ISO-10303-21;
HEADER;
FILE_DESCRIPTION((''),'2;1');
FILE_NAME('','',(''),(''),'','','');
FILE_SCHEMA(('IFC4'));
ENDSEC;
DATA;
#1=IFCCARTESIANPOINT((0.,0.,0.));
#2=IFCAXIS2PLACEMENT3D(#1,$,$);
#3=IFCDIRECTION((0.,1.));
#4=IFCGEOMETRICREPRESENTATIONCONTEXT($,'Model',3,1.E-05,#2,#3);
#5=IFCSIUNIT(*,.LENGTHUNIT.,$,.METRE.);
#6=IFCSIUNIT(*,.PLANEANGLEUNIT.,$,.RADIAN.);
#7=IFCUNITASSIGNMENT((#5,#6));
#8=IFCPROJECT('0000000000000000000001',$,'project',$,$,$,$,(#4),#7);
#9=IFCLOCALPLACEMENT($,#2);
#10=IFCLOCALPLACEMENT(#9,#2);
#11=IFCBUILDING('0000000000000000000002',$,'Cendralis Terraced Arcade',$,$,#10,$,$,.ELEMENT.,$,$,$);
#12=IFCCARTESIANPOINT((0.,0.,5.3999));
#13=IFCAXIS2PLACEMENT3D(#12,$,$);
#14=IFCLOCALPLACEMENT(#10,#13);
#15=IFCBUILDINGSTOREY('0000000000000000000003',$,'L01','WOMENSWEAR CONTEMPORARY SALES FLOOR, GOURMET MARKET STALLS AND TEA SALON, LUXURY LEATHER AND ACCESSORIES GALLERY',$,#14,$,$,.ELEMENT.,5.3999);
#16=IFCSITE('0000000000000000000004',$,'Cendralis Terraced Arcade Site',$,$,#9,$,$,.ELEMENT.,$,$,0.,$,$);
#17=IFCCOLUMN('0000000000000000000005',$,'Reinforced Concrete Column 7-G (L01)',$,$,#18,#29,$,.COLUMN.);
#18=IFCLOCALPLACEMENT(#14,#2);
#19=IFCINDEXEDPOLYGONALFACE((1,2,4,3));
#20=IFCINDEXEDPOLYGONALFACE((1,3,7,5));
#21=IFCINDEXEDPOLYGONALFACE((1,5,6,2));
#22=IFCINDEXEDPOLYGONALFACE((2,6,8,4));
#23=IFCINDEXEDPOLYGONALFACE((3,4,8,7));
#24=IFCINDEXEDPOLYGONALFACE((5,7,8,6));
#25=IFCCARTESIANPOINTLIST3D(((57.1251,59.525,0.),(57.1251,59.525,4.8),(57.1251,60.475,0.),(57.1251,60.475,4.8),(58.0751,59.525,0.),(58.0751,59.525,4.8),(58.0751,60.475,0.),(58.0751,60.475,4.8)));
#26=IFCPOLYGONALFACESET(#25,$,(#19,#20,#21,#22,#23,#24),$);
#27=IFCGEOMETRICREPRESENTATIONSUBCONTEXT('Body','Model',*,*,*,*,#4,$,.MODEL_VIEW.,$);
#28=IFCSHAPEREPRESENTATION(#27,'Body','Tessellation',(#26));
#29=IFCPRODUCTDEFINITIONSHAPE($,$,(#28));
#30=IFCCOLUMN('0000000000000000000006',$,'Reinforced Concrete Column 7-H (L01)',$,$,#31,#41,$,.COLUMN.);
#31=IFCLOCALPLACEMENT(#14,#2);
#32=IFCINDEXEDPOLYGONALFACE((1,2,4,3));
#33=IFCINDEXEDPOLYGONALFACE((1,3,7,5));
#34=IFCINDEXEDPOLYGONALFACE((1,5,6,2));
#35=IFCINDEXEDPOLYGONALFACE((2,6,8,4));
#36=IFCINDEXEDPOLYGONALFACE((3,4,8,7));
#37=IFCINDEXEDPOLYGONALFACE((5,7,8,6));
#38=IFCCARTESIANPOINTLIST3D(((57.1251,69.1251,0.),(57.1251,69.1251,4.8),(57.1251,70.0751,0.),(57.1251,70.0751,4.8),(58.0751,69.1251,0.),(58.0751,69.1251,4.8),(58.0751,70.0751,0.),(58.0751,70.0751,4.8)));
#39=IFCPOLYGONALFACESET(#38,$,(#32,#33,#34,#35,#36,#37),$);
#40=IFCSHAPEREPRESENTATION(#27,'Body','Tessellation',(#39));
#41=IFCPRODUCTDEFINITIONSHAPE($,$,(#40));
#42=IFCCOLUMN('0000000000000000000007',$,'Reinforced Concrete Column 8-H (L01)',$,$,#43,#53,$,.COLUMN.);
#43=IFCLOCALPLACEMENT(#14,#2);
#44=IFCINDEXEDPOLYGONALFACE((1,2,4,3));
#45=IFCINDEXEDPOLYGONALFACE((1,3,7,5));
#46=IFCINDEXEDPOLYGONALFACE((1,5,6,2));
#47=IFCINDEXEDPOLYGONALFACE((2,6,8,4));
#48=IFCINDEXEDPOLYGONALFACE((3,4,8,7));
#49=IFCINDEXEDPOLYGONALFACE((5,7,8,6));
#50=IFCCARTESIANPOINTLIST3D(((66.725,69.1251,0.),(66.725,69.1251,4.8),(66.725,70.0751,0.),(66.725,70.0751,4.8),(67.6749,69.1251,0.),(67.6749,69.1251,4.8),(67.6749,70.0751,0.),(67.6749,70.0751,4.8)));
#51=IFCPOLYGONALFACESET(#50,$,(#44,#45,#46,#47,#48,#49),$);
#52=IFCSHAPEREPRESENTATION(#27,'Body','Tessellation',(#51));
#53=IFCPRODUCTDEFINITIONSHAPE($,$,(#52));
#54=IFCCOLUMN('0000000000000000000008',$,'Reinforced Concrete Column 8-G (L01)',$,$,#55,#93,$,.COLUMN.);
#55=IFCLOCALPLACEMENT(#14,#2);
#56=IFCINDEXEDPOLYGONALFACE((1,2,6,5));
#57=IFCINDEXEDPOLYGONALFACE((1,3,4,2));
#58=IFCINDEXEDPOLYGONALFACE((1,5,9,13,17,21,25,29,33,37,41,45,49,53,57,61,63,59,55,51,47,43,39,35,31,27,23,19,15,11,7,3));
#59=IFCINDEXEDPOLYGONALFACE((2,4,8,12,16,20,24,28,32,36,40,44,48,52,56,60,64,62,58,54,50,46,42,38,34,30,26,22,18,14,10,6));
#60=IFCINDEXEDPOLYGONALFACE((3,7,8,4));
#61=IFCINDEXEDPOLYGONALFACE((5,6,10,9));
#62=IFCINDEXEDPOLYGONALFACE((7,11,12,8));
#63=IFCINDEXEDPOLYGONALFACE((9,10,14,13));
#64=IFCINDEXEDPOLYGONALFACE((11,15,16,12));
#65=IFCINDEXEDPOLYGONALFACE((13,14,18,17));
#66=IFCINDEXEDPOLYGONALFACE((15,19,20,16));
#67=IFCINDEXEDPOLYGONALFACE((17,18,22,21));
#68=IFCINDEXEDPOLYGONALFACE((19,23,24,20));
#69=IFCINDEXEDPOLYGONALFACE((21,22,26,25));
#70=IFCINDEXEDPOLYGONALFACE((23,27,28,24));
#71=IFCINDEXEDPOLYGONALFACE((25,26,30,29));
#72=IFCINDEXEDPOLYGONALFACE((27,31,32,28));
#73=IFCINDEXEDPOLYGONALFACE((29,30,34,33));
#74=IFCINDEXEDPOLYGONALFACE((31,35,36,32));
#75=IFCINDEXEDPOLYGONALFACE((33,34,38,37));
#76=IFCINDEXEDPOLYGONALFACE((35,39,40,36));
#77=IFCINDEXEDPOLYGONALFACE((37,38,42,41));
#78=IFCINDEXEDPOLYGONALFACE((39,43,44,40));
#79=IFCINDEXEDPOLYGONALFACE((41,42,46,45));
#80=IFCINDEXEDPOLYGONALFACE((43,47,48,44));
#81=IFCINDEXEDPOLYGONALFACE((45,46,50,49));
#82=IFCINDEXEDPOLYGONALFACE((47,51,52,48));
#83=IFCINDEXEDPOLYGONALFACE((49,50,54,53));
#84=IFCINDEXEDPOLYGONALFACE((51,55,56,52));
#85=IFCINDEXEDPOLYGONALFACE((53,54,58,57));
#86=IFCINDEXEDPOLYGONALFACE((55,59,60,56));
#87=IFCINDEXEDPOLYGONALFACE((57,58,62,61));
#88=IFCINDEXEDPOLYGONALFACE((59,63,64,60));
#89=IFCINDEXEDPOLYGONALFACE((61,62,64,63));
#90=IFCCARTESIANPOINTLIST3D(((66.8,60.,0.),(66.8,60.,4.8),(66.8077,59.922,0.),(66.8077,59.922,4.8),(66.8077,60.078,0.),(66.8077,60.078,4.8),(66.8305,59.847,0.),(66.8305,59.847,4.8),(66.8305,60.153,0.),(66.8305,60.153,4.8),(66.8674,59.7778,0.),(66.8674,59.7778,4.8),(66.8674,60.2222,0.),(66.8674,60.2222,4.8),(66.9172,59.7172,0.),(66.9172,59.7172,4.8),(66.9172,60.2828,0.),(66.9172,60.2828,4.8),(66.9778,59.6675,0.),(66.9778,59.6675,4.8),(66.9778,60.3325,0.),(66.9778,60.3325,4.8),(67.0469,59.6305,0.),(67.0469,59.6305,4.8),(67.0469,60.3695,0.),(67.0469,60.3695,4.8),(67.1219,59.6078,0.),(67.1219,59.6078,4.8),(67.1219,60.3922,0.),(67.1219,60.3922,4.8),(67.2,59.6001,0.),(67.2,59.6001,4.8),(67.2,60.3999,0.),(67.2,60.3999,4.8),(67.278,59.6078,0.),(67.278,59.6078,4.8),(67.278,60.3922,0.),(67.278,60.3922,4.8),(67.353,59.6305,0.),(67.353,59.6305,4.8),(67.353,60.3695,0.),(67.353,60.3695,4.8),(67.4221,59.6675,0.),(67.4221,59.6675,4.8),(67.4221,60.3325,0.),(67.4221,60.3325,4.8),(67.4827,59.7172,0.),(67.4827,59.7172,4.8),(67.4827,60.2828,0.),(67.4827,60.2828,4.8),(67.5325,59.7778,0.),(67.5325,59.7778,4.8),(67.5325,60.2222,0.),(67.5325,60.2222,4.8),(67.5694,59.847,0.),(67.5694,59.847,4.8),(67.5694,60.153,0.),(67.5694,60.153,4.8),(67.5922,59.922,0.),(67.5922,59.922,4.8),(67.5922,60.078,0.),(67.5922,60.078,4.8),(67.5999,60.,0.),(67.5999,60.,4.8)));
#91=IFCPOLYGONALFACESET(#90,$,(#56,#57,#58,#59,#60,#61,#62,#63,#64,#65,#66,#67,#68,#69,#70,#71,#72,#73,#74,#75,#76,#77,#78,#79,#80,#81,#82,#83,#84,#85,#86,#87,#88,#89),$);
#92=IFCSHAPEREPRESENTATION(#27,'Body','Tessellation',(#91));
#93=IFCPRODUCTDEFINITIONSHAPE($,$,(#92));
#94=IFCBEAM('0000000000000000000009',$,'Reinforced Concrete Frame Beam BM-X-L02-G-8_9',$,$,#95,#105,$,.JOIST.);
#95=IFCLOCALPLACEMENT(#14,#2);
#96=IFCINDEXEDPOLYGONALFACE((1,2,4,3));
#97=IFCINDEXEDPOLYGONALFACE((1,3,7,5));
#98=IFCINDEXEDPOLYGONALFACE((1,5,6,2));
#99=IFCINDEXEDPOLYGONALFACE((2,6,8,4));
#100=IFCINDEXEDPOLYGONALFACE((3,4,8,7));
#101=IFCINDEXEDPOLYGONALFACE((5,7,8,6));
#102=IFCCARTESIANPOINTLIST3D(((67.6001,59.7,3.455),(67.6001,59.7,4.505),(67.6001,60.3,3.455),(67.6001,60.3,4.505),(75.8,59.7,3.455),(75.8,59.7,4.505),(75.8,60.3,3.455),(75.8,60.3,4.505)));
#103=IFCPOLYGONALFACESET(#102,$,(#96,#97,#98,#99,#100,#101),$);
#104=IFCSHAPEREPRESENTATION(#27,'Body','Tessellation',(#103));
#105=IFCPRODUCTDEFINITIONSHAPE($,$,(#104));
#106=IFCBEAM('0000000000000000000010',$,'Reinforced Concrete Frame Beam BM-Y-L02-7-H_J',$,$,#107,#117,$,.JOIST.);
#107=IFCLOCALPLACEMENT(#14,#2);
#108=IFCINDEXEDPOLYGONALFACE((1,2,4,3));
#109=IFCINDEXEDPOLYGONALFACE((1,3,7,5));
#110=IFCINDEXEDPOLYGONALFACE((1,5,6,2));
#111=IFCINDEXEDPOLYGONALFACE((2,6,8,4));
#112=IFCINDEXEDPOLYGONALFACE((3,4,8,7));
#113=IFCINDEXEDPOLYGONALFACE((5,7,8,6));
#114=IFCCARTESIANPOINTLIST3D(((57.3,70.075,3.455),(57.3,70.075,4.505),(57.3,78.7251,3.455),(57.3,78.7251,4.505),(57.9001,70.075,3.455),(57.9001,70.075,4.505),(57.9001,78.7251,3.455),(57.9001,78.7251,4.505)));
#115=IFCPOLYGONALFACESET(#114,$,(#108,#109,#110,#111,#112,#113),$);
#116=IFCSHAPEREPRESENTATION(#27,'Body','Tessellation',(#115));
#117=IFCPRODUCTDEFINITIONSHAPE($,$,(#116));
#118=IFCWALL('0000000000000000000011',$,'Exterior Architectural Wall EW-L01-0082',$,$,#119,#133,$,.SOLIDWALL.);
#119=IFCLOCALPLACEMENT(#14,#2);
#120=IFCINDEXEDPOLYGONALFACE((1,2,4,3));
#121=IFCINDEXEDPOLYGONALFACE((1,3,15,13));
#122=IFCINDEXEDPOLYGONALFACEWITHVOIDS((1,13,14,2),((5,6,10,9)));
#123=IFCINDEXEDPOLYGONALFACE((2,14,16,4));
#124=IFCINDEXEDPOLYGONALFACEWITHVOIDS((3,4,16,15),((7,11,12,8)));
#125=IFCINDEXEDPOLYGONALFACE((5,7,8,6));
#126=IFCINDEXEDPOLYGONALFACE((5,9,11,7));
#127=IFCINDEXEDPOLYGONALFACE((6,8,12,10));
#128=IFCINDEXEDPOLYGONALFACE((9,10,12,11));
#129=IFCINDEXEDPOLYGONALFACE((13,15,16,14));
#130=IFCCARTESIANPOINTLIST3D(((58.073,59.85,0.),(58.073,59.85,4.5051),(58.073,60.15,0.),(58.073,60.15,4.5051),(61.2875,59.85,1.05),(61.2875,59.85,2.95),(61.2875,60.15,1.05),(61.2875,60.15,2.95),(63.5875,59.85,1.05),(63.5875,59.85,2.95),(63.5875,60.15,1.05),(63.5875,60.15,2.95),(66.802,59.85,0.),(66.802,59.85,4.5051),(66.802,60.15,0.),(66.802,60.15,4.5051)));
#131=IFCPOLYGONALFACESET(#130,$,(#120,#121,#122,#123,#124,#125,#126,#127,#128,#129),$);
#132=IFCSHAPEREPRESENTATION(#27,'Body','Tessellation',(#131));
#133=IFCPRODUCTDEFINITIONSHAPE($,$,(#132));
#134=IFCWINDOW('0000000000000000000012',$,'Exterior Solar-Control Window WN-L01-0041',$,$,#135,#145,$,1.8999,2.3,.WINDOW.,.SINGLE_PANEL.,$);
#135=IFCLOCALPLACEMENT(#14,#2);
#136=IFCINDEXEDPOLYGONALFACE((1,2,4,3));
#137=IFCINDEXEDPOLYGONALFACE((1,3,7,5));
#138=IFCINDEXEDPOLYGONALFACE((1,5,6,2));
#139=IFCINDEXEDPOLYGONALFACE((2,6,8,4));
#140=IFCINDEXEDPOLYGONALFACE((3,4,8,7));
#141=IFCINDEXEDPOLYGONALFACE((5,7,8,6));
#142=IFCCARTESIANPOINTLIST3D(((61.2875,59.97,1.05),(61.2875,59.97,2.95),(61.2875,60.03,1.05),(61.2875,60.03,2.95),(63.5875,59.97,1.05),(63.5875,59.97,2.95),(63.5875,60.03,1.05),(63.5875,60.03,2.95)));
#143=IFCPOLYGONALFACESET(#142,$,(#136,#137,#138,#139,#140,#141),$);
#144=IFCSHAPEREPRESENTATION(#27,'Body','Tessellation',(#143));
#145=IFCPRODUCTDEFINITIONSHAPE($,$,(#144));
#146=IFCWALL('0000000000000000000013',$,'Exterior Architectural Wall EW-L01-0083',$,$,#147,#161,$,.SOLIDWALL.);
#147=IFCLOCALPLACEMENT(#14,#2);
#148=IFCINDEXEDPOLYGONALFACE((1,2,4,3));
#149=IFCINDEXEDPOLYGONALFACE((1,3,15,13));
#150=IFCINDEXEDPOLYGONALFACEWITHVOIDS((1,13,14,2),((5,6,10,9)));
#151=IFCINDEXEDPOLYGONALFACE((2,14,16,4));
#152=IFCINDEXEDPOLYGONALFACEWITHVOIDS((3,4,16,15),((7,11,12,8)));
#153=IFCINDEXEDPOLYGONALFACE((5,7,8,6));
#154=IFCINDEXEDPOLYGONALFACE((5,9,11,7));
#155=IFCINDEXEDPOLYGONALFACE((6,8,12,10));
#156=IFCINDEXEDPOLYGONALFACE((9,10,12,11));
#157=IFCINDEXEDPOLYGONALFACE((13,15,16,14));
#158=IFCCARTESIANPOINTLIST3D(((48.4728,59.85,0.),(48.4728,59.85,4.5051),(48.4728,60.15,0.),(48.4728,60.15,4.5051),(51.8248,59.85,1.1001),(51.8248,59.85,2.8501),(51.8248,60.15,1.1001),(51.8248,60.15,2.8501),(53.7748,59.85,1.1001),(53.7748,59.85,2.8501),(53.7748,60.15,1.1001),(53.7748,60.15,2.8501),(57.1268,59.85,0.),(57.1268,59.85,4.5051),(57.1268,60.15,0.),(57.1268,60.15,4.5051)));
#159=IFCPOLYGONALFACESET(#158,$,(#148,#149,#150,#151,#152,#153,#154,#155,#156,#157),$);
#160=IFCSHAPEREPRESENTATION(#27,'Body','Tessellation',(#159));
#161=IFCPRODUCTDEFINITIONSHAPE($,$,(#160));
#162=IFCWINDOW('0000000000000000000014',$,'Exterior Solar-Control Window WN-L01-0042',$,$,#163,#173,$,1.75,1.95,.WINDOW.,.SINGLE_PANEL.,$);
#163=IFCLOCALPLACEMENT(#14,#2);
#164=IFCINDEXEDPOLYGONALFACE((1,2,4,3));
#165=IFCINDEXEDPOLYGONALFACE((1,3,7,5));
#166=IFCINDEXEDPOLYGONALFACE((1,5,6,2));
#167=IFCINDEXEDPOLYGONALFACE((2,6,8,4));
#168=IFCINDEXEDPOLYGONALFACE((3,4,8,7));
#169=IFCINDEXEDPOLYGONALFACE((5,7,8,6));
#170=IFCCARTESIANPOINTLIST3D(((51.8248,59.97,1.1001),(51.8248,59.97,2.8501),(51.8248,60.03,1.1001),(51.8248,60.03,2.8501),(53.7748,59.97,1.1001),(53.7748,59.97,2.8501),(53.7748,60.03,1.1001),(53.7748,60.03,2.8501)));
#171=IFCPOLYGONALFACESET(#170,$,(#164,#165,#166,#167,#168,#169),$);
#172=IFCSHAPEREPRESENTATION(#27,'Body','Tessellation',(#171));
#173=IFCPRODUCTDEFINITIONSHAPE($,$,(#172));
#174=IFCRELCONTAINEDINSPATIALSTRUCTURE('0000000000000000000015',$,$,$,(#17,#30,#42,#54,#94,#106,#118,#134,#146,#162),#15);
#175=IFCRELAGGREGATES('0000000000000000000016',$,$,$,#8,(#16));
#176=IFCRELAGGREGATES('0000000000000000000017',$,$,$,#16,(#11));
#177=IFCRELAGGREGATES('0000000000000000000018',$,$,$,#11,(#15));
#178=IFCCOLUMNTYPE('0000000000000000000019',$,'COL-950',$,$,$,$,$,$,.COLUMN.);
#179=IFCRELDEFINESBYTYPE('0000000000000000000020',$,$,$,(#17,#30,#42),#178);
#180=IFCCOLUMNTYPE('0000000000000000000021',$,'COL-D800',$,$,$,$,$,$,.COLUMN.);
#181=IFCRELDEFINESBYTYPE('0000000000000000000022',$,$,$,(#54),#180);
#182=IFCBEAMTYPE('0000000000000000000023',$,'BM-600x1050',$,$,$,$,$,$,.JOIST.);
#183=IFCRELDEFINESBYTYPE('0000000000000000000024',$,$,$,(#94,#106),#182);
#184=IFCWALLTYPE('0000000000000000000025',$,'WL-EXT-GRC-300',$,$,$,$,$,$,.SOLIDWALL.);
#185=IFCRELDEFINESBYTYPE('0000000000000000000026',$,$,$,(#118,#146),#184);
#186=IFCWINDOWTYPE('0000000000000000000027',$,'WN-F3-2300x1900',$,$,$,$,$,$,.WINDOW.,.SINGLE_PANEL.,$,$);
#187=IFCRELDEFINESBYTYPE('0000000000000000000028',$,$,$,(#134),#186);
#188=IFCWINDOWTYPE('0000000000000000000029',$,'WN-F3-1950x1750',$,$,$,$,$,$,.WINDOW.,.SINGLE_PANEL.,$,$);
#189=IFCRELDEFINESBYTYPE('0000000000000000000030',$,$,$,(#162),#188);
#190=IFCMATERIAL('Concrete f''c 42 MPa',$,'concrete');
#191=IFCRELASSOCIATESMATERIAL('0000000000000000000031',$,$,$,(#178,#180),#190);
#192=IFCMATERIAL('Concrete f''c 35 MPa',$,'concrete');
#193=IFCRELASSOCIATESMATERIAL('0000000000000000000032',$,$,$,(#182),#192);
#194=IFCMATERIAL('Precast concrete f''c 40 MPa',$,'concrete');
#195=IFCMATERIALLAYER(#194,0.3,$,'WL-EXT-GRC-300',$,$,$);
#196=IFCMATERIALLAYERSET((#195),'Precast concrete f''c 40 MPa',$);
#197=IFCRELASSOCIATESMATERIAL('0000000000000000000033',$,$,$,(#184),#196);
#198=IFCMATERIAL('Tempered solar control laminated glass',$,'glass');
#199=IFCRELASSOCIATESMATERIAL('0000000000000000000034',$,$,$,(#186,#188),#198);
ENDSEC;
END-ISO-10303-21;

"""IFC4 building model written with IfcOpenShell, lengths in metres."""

from ifc_helpers import new_model, si_unit, direction, frame, frame_2d, origin, origin_2d, place, context, subcontext, project, spatial, rectangle, circle, extrude, material, layer, layer_set, material_profile, profile_set, type_object, element, fill, save


model = new_model("IFC4")

# Units and contexts
model_context = context("Model", 3, precision=1e-05, world=origin(), true_north=direction((0.0, 1.0)))
body_context = subcontext(model_context, "Body", "Model", "MODEL_VIEW")
ifc_project = project(units=[si_unit("LENGTHUNIT", "METRE"), si_unit("PLANEANGLEUNIT", "RADIAN")], contexts=[model_context])

# Site, building, storey
site_placement = place(None, origin())
site = spatial("IfcSite", under=ifc_project, at=site_placement, Name="Cendralis Terraced Arcade Site", CompositionType="ELEMENT", RefElevation=0.0)
building_placement = place(site_placement, origin())
building = spatial("IfcBuilding", under=site, at=building_placement, Name="Cendralis Terraced Arcade", CompositionType="ELEMENT")
storey_placement = place(building_placement, frame((0.0, 0.0, 5.3999)))
storey = spatial("IfcBuildingStorey", under=building, at=storey_placement, Name="L01", Description="WOMENSWEAR CONTEMPORARY SALES FLOOR, GOURMET MARKET STALLS AND TEA SALON, LUXURY LEATHER AND ACCESSORIES GALLERY", CompositionType="ELEMENT", Elevation=5.3999)

# Columns
ifc_material_1 = material(Name="Concrete f'c 42 MPa", Category="concrete")
ifc_material_profile_1 = material_profile(ifc_material_1, rectangle(XDim=0.95, YDim=0.95, at=origin_2d()), Name="RC-COL-950x950", Category="LoadBearing")
ifc_profile_set_1 = profile_set([ifc_material_profile_1], Name="Concrete f'c 42 MPa")
column_type_1 = type_object("IfcColumnType", Name="COL-950", PredefinedType="COLUMN", material=ifc_profile_set_1)
for number, where, z_axis, x_axis, name in (
    (1, (57.6001, 60.0, 0.0), (0.0, 0.0, 1.0), (1.0, 0.0, 0.0), "Reinforced Concrete Column 7-G (L01)"),
    (2, (57.6001, 69.6001, 0.0), (0.0, 0.0, 1.0), (1.0, 0.0, 0.0), "Reinforced Concrete Column 7-H (L01)"),
    (3, (67.2, 69.6001, 0.0), (0.0, 0.0, 1.0), (1.0, 0.0, 0.0), "Reinforced Concrete Column 8-H (L01)"),
):
    element("IfcColumn", number, at=place(storey_placement, frame(where, z_axis=z_axis, x_axis=x_axis)), inside=storey, type_object=column_type_1, Name=name, PredefinedType="COLUMN", context=body_context, shape_type="SweptSolid", body=[
        extrude(rectangle(XDim=0.95, YDim=0.95, at=origin_2d()), origin(), (0.0, 0.0, 1.0), 4.8),
    ])
ifc_material_profile_2 = material_profile(ifc_material_1, circle(Radius=0.3999, at=origin_2d()), Name="RC-COL-D800", Category="LoadBearing")
ifc_profile_set_2 = profile_set([ifc_material_profile_2], Name="Concrete f'c 42 MPa")
column_type_2 = type_object("IfcColumnType", Name="COL-D800", PredefinedType="COLUMN", material=ifc_profile_set_2)
column_placement = place(storey_placement, frame((67.2, 60.0, 0.0), z_axis=(0.0, 0.0, 1.0), x_axis=(1.0, 0.0, 0.0)))
element("IfcColumn", 4, at=column_placement, inside=storey, type_object=column_type_2, Name="Reinforced Concrete Column 8-G (L01)", PredefinedType="COLUMN", context=body_context, shape_type="SweptSolid", body=[
    extrude(circle(Radius=0.3999, at=origin_2d()), origin(), (0.0, 0.0, 1.0), 4.8),
])

# Beams
ifc_material_2 = material(Name="Concrete f'c 35 MPa", Category="concrete")
ifc_material_profile_3 = material_profile(ifc_material_2, rectangle(XDim=0.6001, YDim=1.05, at=origin_2d()), Name="RC-BM-600x1050", Category="LoadBearing")
ifc_profile_set_3 = profile_set([ifc_material_profile_3], Name="Concrete f'c 35 MPa")
beam_type = type_object("IfcBeamType", Name="BM-600x1050", PredefinedType="JOIST", material=ifc_profile_set_3)
beam_1_placement = place(storey_placement, frame((67.6001, 60.0, 3.98), z_axis=(1.0, 0.0, 0.0), x_axis=(0.0, 1.0, 0.0)))
element("IfcBeam", 5, at=beam_1_placement, inside=storey, type_object=beam_type, Name="Reinforced Concrete Frame Beam BM-X-L02-G-8_9", PredefinedType="JOIST", context=body_context, shape_type="SweptSolid", body=[
    extrude(rectangle(XDim=0.6001, YDim=1.05, at=origin_2d()), origin(), (0.0, 0.0, 1.0), 8.2),
])
beam_2_placement = place(storey_placement, frame((57.6001, 70.075, 3.98), z_axis=(0.0, 1.0, 0.0), x_axis=(-1.0, 0.0, 0.0)))
element("IfcBeam", 6, at=beam_2_placement, inside=storey, type_object=beam_type, Name="Reinforced Concrete Frame Beam BM-Y-L02-7-H_J", PredefinedType="JOIST", context=body_context, shape_type="SweptSolid", body=[
    extrude(rectangle(XDim=0.6001, YDim=1.05, at=origin_2d()), origin(), (0.0, 0.0, 1.0), 8.6501),
])

# Walls, openings, windows
ifc_material_3 = material(Name="Precast concrete f'c 40 MPa", Category="concrete")
ifc_layer_1 = layer(ifc_material_3, 0.3, Name="WL-EXT-GRC-300")
ifc_layer_set_1 = layer_set([ifc_layer_1], Name="Precast concrete f'c 40 MPa")
wall_type = type_object("IfcWallType", Name="WL-EXT-GRC-300", PredefinedType="SOLIDWALL", material=ifc_layer_set_1)
wall_1_placement = place(storey_placement, frame((66.802, 60.0, 0.0), z_axis=(0.0, 0.0, 1.0), x_axis=(-1.0, 0.0, 0.0)))
wall_1 = element("IfcWall", 7, at=wall_1_placement, inside=storey, type_object=wall_type, Name="Exterior Architectural Wall EW-L01-0082", PredefinedType="SOLIDWALL", context=body_context, shape_type="SweptSolid", body=[
    extrude(rectangle(XDim=8.729, YDim=0.3, at=frame_2d((4.3645, 0.0))), origin(), (0.0, 0.0, 1.0), 4.5051),
])
opening_1_placement = place(wall_1_placement, frame((3.2146, 0.0, 1.05)))
opening_1 = element("IfcOpeningElement", 8, at=opening_1_placement, cuts=wall_1, PredefinedType="OPENING", context=body_context, shape_type="SweptSolid", body=[
    extrude(rectangle(XDim=2.3, YDim=1.8999, at=frame_2d((1.1499, 0.95))), frame((0.0, 0.1621, 0.0), z_axis=(0.0, -1.0, 0.0), x_axis=(1.0, 0.0, 0.0)), (0.0, 0.0, 1.0), 0.324),
])
ifc_material_4 = material(Name="Tempered solar control laminated glass", Category="glass")
window_type_1 = type_object("IfcWindowType", Name="WN-F3-2300x1900", PartitioningType="SINGLE_PANEL", PredefinedType="WINDOW", material=ifc_material_4)
window_1_placement = place(opening_1_placement, origin())
window_1 = element("IfcWindow", 9, at=window_1_placement, inside=storey, type_object=window_type_1, Name="Exterior Solar-Control Window WN-L01-0041", OverallHeight=1.8999, OverallWidth=2.3, PartitioningType="SINGLE_PANEL", PredefinedType="WINDOW", context=body_context, shape_type="SweptSolid", body=[
    extrude(rectangle(XDim=2.3, YDim=1.8999, at=frame_2d((1.1499, 0.95))), frame((0.0, 0.03, 0.0), z_axis=(0.0, -1.0, 0.0), x_axis=(1.0, 0.0, 0.0)), (0.0, 0.0, 1.0), 0.0601),
])
fill(opening_1, window_1)
wall_2_placement = place(storey_placement, frame((57.127, 60.0, 0.0), z_axis=(0.0, 0.0, 1.0), x_axis=(-1.0, 0.0, 0.0)))
wall_2 = element("IfcWall", 10, at=wall_2_placement, inside=storey, type_object=wall_type, Name="Exterior Architectural Wall EW-L01-0083", PredefinedType="SOLIDWALL", context=body_context, shape_type="SweptSolid", body=[
    extrude(rectangle(XDim=8.6541, YDim=0.3, at=frame_2d((4.3271, 0.0))), origin(), (0.0, 0.0, 1.0), 4.5051),
])
opening_2_placement = place(wall_2_placement, frame((3.3521, 0.0, 1.1001)))
opening_2 = element("IfcOpeningElement", 11, at=opening_2_placement, cuts=wall_2, PredefinedType="OPENING", context=body_context, shape_type="SweptSolid", body=[
    extrude(rectangle(XDim=1.95, YDim=1.75, at=frame_2d((0.9751, 0.875))), frame((0.0, 0.1621, 0.0), z_axis=(0.0, -1.0, 0.0), x_axis=(1.0, 0.0, 0.0)), (0.0, 0.0, 1.0), 0.324),
])
window_type_2 = type_object("IfcWindowType", Name="WN-F3-1950x1750", PartitioningType="SINGLE_PANEL", PredefinedType="WINDOW", material=ifc_material_4)
window_2_placement = place(opening_2_placement, origin())
window_2 = element("IfcWindow", 12, at=window_2_placement, inside=storey, type_object=window_type_2, Name="Exterior Solar-Control Window WN-L01-0042", OverallHeight=1.75, OverallWidth=1.95, PartitioningType="SINGLE_PANEL", PredefinedType="WINDOW", context=body_context, shape_type="SweptSolid", body=[
    extrude(rectangle(XDim=1.95, YDim=1.75, at=frame_2d((0.9751, 0.875))), frame((0.0, 0.03, 0.0), z_axis=(0.0, -1.0, 0.0), x_axis=(1.0, 0.0, 0.0)), (0.0, 0.0, 1.0), 0.0601),
])
fill(opening_2, window_2)

save(model, "model.ifc")
